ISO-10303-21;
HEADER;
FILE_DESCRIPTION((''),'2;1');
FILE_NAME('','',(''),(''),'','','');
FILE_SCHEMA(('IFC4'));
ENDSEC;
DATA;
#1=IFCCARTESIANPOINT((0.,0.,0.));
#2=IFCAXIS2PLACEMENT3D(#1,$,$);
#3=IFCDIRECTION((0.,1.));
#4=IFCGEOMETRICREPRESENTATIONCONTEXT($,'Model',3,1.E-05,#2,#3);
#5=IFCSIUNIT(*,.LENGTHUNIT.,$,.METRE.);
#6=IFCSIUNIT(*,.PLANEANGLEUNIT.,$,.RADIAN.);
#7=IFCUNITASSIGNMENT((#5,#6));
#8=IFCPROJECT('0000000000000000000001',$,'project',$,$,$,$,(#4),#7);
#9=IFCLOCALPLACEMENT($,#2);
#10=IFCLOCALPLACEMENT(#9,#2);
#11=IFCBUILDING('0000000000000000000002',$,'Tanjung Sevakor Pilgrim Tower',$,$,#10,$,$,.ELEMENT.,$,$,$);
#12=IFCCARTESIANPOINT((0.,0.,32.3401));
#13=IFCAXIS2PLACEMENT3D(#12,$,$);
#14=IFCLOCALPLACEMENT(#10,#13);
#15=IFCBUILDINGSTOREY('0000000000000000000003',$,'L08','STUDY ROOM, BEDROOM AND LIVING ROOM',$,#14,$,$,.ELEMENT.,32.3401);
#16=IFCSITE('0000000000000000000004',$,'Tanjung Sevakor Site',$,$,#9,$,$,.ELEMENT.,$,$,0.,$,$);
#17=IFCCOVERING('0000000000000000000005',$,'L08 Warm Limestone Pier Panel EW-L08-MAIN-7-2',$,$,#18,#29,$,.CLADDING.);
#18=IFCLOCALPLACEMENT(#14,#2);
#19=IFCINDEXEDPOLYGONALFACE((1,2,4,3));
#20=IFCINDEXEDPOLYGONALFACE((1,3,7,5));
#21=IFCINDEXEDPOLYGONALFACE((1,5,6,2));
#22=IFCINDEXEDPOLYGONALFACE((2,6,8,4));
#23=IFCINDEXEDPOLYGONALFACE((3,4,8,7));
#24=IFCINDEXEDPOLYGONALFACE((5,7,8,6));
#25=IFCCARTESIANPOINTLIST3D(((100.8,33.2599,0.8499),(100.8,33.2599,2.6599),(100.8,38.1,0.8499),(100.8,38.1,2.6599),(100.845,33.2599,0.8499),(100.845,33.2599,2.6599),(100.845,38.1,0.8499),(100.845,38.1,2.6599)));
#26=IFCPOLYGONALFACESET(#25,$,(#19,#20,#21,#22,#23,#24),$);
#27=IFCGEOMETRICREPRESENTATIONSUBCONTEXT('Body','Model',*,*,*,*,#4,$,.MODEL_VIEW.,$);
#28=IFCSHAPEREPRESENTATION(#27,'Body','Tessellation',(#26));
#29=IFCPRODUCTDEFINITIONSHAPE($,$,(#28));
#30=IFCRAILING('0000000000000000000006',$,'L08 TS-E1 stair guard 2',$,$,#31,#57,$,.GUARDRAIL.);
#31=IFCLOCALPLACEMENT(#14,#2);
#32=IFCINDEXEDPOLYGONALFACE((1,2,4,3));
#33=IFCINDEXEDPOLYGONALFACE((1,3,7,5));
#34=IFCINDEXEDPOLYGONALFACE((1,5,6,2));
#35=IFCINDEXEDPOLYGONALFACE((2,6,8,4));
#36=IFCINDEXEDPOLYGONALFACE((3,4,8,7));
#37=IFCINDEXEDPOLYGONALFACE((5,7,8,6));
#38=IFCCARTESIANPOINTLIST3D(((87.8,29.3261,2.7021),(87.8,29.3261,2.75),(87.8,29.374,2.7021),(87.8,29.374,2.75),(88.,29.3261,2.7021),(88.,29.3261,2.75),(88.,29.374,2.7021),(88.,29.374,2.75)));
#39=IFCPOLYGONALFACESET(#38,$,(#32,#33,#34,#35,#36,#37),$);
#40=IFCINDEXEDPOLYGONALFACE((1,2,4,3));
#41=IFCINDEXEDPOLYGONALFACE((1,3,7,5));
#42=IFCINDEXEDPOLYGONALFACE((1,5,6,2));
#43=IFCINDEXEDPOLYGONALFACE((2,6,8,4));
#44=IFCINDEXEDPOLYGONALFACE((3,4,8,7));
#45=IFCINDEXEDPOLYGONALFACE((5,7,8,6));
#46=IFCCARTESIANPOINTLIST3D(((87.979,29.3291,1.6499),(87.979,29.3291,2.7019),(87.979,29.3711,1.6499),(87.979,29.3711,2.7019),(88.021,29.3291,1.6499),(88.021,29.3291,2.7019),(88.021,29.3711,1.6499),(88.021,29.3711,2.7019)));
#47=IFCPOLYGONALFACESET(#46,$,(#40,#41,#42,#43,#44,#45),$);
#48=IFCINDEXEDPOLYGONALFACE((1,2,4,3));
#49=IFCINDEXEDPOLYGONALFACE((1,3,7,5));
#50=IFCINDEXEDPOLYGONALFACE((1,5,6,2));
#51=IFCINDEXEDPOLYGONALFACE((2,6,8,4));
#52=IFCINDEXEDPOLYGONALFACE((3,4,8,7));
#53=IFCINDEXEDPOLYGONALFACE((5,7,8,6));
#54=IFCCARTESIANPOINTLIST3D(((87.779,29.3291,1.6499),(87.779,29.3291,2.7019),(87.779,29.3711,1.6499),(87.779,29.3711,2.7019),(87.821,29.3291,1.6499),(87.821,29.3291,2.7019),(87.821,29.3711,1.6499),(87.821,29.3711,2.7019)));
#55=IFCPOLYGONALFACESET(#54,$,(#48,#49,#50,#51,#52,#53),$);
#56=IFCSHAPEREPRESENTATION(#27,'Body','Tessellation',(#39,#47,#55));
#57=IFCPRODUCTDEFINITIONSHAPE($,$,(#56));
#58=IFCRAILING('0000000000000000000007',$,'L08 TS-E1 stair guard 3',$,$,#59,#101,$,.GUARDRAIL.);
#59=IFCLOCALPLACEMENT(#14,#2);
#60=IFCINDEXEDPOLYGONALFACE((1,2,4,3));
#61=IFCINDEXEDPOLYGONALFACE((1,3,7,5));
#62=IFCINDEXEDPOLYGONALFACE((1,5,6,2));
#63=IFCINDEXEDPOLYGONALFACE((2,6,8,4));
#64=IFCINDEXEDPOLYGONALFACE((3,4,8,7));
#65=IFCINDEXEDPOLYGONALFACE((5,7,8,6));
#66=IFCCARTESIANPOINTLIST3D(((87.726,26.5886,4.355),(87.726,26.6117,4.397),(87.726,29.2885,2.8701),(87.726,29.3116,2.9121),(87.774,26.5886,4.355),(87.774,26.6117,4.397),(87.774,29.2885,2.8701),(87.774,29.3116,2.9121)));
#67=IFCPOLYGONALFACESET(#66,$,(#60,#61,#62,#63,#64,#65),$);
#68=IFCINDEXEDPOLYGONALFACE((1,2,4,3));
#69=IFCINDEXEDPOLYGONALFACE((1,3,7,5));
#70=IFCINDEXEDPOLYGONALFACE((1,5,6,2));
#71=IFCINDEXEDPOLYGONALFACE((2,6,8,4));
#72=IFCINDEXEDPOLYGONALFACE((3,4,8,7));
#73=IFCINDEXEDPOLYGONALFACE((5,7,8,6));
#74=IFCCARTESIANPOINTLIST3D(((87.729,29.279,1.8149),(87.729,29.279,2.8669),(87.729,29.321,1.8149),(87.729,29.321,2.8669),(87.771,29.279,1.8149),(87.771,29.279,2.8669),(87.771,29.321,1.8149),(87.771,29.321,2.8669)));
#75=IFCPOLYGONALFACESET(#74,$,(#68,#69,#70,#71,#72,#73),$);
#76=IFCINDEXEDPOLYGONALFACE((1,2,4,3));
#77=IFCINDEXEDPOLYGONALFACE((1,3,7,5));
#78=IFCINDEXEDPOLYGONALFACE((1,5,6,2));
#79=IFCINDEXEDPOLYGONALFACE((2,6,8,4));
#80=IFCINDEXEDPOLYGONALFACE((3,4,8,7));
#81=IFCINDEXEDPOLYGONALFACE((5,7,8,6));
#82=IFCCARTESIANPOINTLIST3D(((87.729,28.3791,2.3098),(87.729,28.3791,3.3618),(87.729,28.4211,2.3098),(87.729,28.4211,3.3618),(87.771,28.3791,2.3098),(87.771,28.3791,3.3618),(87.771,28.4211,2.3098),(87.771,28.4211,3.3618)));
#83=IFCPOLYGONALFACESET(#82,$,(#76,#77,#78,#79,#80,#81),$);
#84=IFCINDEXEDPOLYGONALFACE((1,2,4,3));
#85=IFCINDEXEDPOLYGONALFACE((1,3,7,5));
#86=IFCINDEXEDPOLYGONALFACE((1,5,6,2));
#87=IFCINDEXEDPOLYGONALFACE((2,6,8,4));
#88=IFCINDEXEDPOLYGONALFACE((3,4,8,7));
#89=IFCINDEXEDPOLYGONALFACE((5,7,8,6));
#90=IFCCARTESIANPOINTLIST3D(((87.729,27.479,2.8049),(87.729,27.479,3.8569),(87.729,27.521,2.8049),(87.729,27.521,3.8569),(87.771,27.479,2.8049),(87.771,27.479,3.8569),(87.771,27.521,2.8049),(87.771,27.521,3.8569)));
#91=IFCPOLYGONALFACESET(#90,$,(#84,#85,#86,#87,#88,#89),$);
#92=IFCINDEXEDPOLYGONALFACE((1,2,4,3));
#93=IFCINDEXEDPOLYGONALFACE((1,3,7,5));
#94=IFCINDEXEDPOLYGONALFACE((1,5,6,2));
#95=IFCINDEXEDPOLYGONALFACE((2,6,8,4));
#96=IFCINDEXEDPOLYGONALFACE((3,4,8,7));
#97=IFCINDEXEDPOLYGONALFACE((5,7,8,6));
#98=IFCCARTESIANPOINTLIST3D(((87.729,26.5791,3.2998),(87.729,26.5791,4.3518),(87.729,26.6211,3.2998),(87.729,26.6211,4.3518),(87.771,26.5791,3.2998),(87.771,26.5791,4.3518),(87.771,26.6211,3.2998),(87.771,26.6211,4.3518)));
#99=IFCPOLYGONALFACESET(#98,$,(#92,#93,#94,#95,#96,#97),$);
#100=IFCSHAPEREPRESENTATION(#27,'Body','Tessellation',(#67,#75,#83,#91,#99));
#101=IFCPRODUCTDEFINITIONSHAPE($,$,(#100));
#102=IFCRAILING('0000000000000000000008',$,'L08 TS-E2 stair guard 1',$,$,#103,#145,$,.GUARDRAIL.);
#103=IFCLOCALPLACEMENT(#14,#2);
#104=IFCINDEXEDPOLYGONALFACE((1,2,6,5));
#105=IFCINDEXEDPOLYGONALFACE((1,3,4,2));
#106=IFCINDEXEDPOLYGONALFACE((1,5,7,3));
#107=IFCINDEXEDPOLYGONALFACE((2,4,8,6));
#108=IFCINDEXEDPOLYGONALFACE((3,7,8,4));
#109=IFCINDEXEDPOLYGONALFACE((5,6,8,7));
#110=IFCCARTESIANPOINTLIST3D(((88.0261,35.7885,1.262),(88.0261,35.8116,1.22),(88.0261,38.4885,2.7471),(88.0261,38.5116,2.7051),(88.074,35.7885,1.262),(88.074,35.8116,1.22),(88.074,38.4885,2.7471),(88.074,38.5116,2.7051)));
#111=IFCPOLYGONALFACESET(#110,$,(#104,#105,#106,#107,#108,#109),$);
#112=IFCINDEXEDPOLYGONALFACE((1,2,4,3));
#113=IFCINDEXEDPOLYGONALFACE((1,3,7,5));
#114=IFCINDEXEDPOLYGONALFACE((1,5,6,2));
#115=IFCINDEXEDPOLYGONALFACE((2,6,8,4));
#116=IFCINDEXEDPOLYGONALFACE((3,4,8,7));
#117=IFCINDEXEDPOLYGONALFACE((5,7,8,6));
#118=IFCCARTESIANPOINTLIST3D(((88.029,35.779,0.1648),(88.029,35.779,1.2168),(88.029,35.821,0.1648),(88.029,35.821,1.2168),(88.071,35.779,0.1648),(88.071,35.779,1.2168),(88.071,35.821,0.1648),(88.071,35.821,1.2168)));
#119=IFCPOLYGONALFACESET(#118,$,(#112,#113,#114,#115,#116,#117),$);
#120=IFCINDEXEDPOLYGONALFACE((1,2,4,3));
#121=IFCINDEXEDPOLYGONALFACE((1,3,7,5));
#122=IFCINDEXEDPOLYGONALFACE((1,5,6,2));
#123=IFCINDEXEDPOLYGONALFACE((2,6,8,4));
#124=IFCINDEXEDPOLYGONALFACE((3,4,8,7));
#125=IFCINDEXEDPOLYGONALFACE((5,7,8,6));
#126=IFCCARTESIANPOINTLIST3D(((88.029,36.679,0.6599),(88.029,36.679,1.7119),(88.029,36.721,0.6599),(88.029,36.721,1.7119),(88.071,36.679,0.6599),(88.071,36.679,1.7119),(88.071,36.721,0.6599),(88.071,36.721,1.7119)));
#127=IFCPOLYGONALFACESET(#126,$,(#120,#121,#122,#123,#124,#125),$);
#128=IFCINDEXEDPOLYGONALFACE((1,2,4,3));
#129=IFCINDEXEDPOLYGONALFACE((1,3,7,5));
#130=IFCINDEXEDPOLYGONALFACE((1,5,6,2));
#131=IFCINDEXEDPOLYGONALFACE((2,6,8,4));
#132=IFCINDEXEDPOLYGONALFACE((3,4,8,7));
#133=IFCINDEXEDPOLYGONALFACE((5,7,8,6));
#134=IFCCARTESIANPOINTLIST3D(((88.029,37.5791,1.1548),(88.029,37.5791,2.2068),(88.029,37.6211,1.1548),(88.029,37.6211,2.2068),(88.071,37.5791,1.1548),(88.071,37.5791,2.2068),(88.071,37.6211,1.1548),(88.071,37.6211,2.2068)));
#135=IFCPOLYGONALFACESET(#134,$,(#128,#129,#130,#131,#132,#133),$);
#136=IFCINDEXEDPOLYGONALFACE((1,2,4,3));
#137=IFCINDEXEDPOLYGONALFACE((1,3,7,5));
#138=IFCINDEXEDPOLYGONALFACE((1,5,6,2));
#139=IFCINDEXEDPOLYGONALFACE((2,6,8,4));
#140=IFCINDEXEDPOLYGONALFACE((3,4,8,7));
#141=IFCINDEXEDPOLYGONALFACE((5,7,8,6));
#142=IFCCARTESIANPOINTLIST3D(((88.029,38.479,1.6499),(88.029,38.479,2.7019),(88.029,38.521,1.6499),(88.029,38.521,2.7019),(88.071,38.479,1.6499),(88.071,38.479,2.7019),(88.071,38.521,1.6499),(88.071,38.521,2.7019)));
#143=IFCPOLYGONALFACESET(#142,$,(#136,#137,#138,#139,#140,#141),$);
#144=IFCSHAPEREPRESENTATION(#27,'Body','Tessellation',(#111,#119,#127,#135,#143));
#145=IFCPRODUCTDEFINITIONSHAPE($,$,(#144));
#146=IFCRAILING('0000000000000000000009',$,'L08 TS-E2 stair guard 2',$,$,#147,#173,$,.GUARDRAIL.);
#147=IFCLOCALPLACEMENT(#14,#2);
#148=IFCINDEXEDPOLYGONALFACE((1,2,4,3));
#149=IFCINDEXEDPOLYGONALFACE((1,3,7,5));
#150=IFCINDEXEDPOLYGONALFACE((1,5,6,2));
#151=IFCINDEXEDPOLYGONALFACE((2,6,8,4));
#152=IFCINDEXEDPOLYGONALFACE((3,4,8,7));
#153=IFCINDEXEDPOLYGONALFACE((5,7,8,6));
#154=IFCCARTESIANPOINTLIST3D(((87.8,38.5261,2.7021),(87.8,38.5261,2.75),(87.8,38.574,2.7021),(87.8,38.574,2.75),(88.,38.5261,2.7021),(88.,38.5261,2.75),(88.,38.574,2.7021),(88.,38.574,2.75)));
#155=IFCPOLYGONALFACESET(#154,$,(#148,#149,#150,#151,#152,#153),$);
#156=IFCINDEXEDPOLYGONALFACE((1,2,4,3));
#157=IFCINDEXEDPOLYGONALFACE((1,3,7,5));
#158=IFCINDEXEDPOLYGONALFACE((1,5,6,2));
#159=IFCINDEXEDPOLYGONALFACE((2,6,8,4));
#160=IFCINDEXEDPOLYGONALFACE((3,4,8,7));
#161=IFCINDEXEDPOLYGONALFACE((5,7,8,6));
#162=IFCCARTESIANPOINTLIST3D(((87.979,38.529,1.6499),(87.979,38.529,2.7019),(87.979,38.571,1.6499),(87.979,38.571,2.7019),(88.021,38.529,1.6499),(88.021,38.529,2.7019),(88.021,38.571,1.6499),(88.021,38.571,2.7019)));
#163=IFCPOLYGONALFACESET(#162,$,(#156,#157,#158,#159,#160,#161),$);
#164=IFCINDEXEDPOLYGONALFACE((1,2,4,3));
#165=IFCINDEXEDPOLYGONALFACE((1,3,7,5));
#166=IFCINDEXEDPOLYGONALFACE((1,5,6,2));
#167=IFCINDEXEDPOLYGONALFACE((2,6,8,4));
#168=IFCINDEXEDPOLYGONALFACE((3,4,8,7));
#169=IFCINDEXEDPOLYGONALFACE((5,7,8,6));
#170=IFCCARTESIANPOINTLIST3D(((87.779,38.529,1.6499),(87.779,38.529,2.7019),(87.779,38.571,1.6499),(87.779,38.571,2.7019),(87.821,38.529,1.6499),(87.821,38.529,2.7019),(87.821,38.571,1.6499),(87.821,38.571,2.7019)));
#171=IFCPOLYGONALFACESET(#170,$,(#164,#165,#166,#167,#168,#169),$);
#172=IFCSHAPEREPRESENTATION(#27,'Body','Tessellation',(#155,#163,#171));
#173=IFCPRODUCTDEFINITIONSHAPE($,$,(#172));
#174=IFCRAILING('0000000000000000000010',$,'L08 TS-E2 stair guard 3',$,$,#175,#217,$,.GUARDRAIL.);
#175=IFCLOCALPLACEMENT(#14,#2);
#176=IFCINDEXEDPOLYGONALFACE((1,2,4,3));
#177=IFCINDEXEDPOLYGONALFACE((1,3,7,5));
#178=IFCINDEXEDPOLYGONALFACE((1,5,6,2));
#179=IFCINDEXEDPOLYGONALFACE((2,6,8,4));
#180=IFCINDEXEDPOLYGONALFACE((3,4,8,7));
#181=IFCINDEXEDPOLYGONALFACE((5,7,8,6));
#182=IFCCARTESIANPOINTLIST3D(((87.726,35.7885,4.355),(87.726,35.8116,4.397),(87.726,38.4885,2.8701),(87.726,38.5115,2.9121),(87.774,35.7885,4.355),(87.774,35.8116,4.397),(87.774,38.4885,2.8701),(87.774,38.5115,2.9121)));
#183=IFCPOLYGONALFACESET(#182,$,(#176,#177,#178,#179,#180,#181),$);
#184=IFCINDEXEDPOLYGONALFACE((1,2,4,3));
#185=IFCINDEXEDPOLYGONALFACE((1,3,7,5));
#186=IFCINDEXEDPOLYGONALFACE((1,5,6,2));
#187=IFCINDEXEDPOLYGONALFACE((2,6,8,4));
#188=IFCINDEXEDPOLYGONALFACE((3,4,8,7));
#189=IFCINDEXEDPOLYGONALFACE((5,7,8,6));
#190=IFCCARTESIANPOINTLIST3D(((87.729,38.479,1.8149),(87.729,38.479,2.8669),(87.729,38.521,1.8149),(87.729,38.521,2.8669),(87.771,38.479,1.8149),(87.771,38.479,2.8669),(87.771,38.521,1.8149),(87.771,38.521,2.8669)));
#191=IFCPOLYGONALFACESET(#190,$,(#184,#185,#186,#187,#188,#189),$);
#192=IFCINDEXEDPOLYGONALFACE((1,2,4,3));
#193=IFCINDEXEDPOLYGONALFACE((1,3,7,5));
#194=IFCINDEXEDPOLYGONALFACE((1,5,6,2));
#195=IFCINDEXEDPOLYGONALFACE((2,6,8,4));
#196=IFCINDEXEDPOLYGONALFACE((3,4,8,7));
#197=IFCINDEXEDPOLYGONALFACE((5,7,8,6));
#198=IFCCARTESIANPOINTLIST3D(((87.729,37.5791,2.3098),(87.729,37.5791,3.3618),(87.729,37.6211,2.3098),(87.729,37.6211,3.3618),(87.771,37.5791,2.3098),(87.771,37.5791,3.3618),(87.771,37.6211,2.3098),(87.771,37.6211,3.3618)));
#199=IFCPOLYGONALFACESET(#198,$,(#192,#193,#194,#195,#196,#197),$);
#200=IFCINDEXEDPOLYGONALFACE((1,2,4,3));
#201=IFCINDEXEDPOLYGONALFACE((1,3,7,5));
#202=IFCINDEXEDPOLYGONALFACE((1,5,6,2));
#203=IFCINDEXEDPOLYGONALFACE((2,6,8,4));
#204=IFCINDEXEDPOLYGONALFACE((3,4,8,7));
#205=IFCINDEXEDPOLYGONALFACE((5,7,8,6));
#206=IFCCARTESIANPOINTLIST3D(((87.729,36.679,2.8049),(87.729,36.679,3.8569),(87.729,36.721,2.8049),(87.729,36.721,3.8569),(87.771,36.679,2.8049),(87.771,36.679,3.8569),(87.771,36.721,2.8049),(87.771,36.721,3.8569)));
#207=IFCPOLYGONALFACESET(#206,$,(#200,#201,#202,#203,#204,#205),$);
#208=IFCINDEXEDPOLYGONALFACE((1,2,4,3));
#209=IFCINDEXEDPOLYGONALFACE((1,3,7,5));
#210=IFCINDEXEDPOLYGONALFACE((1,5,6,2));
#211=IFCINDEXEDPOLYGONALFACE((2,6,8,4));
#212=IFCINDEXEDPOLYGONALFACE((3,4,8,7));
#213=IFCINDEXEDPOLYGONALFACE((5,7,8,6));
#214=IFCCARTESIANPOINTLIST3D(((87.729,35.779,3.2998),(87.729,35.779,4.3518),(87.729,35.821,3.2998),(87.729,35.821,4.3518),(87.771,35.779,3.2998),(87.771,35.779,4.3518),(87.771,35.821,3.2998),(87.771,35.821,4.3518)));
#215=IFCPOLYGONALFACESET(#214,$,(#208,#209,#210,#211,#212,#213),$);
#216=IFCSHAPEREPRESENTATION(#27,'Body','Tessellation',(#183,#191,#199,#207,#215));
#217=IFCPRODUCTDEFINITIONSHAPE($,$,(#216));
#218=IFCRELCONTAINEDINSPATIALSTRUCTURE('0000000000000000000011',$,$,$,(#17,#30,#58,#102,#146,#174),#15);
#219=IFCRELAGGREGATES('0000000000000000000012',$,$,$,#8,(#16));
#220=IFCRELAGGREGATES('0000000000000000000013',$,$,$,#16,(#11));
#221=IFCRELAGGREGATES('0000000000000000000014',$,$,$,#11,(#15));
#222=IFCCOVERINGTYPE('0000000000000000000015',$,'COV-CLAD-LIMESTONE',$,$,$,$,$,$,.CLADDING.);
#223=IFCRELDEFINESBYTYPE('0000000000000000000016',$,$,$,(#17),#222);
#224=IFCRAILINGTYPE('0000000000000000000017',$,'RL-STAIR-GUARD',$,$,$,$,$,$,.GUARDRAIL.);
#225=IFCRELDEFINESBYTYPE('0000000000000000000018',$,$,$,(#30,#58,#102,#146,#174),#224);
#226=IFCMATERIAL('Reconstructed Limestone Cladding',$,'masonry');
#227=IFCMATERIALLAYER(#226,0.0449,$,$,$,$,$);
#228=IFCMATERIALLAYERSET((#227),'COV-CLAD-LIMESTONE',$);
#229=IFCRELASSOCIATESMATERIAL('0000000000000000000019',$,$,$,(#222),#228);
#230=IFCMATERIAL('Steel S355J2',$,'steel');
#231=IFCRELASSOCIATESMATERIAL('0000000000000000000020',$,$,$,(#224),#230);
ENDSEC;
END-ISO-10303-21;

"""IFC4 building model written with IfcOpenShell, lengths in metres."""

from ifc_helpers import new_model, si_unit, direction, frame, origin, origin_2d, place, context, subcontext, project, spatial, rectangle, extrude, material, layer, layer_set, type_object, element, save


model = new_model("IFC4")

# Units and contexts
model_context = context("Model", 3, precision=1e-05, world=origin(), true_north=direction((0.0, 1.0)))
body_context = subcontext(model_context, "Body", "Model", "MODEL_VIEW")
ifc_project = project(units=[si_unit("LENGTHUNIT", "METRE"), si_unit("PLANEANGLEUNIT", "RADIAN")], contexts=[model_context])

# Site, building, storey
site_placement = place(None, origin())
site = spatial("IfcSite", under=ifc_project, at=site_placement, Name="Tanjung Sevakor Site", CompositionType="ELEMENT", RefElevation=0.0)
building_placement = place(site_placement, origin())
building = spatial("IfcBuilding", under=site, at=building_placement, Name="Tanjung Sevakor Pilgrim Tower", CompositionType="ELEMENT")
storey_placement = place(building_placement, frame((0.0, 0.0, 32.3401)))
storey = spatial("IfcBuildingStorey", under=building, at=storey_placement, Name="L08", Description="STUDY ROOM, BEDROOM AND LIVING ROOM", CompositionType="ELEMENT", Elevation=32.3401)

# Covering
ifc_material_1 = material(Name="Reconstructed Limestone Cladding", Category="masonry")
ifc_layer_1 = layer(ifc_material_1, 0.0449)
ifc_layer_set_1 = layer_set([ifc_layer_1], Name="COV-CLAD-LIMESTONE")
covering_type = type_object("IfcCoveringType", Name="COV-CLAD-LIMESTONE", PredefinedType="CLADDING", material=ifc_layer_set_1)
covering_1_placement = place(storey_placement, frame((100.8225, 35.6799, 0.8499), z_axis=(0.0, 0.0, 1.0), x_axis=(0.0, 1.0, 0.0)))
element("IfcCovering", 1, at=covering_1_placement, inside=storey, type_object=covering_type, Name="L08 Warm Limestone Pier Panel EW-L08-MAIN-7-2", PredefinedType="CLADDING", context=body_context, shape_type="SweptSolid", body=[
    extrude(rectangle(XDim=4.8401, YDim=0.0449, at=origin_2d()), origin(), (0.0, 0.0, 1.0), 1.8101),
])

# Railings
ifc_material_2 = material(Name="Steel S355J2", Category="steel")
railing_type_1 = type_object("IfcRailingType", Name="RL-STAIR-GUARD", PredefinedType="GUARDRAIL", material=ifc_material_2)
railing_1_placement = place(storey_placement, frame((88.0, 29.3501, 1.6499)))
element("IfcRailing", 2, at=railing_1_placement, inside=storey, type_object=railing_type_1, Name="L08 TS-E1 stair guard 2", PredefinedType="GUARDRAIL", context=body_context, shape_type="SweptSolid", body=[
    extrude(rectangle(XDim=0.0479, YDim=0.0479), frame((0.0, 0.0, 1.0762), z_axis=(-1.0, 0.0, 0.0), x_axis=(0.0, -1.0, 0.0)), (0.0, 0.0, 1.0), 0.2),
    extrude(rectangle(XDim=0.042, YDim=0.042), origin(), (0.0, 0.0, 1.0), 1.052),
    extrude(rectangle(XDim=0.042, YDim=0.042), frame((-0.2, 0.0, 0.0)), (0.0, 0.0, 1.0), 1.052),
])
railing_2_placement = place(storey_placement, frame((87.75, 29.3, 1.8149)))
element("IfcRailing", 3, at=railing_2_placement, inside=storey, type_object=railing_type_1, Name="L08 TS-E1 stair guard 3", PredefinedType="GUARDRAIL", context=body_context, shape_type="SweptSolid", body=[
    extrude(rectangle(XDim=0.0479, YDim=0.0479), frame((0.0, 0.0, 1.0762), z_axis=(0.0, -0.876231, 0.481891), x_axis=(1.0, 0.0, 0.0)), (0.0, 0.0, 1.0), 3.0813),
    extrude(rectangle(XDim=0.042, YDim=0.042), origin(), (0.0, 0.0, 1.0), 1.052),
    extrude(rectangle(XDim=0.042, YDim=0.042), frame((0.0, -0.8999, 0.4949)), (0.0, 0.0, 1.0), 1.052),
    extrude(rectangle(XDim=0.042, YDim=0.042), frame((0.0, -1.8, 0.99)), (0.0, 0.0, 1.0), 1.052),
    extrude(rectangle(XDim=0.042, YDim=0.042), frame((0.0, -2.7, 1.4849)), (0.0, 0.0, 1.0), 1.052),
])
railing_3_placement = place(storey_placement, frame((88.05, 35.8, 0.1648)))
element("IfcRailing", 4, at=railing_3_placement, inside=storey, type_object=railing_type_1, Name="L08 TS-E2 stair guard 1", PredefinedType="GUARDRAIL", context=body_context, shape_type="SweptSolid", body=[
    extrude(rectangle(XDim=0.0479, YDim=0.0479), frame((0.0, 0.0, 1.0762), z_axis=(0.0, 0.876198, 0.481952), x_axis=(-1.0, 0.0, 0.0)), (0.0, 0.0, 1.0), 3.0815),
    extrude(rectangle(XDim=0.042, YDim=0.042), origin(), (0.0, 0.0, 1.0), 1.052),
    extrude(rectangle(XDim=0.042, YDim=0.042), frame((0.0, 0.8999, 0.4951)), (0.0, 0.0, 1.0), 1.052),
    extrude(rectangle(XDim=0.042, YDim=0.042), frame((0.0, 1.8, 0.99)), (0.0, 0.0, 1.0), 1.052),
    extrude(rectangle(XDim=0.042, YDim=0.042), frame((0.0, 2.7, 1.4851)), (0.0, 0.0, 1.0), 1.052),
])
railing_4_placement = place(storey_placement, frame((88.0, 38.55, 1.6499)))
element("IfcRailing", 5, at=railing_4_placement, inside=storey, type_object=railing_type_1, Name="L08 TS-E2 stair guard 2", PredefinedType="GUARDRAIL", context=body_context, shape_type="SweptSolid", body=[
    extrude(rectangle(XDim=0.0479, YDim=0.0479), frame((0.0, 0.0, 1.0762), z_axis=(-1.0, 0.0, 0.0), x_axis=(0.0, -1.0, 0.0)), (0.0, 0.0, 1.0), 0.2),
    extrude(rectangle(XDim=0.042, YDim=0.042), origin(), (0.0, 0.0, 1.0), 1.052),
    extrude(rectangle(XDim=0.042, YDim=0.042), frame((-0.2, 0.0, 0.0)), (0.0, 0.0, 1.0), 1.052),
])
railing_5_placement = place(storey_placement, frame((87.75, 38.5, 1.8149)))
element("IfcRailing", 6, at=railing_5_placement, inside=storey, type_object=railing_type_1, Name="L08 TS-E2 stair guard 3", PredefinedType="GUARDRAIL", context=body_context, shape_type="SweptSolid", body=[
    extrude(rectangle(XDim=0.0479, YDim=0.0479), frame((0.0, 0.0, 1.0762), z_axis=(0.0, -0.876231, 0.481891), x_axis=(1.0, 0.0, 0.0)), (0.0, 0.0, 1.0), 3.0813),
    extrude(rectangle(XDim=0.042, YDim=0.042), origin(), (0.0, 0.0, 1.0), 1.052),
    extrude(rectangle(XDim=0.042, YDim=0.042), frame((0.0, -0.8999, 0.4949)), (0.0, 0.0, 1.0), 1.052),
    extrude(rectangle(XDim=0.042, YDim=0.042), frame((0.0, -1.8, 0.99)), (0.0, 0.0, 1.0), 1.052),
    extrude(rectangle(XDim=0.042, YDim=0.042), frame((0.0, -2.7, 1.4849)), (0.0, 0.0, 1.0), 1.052),
])

save(model, "model.ifc")
